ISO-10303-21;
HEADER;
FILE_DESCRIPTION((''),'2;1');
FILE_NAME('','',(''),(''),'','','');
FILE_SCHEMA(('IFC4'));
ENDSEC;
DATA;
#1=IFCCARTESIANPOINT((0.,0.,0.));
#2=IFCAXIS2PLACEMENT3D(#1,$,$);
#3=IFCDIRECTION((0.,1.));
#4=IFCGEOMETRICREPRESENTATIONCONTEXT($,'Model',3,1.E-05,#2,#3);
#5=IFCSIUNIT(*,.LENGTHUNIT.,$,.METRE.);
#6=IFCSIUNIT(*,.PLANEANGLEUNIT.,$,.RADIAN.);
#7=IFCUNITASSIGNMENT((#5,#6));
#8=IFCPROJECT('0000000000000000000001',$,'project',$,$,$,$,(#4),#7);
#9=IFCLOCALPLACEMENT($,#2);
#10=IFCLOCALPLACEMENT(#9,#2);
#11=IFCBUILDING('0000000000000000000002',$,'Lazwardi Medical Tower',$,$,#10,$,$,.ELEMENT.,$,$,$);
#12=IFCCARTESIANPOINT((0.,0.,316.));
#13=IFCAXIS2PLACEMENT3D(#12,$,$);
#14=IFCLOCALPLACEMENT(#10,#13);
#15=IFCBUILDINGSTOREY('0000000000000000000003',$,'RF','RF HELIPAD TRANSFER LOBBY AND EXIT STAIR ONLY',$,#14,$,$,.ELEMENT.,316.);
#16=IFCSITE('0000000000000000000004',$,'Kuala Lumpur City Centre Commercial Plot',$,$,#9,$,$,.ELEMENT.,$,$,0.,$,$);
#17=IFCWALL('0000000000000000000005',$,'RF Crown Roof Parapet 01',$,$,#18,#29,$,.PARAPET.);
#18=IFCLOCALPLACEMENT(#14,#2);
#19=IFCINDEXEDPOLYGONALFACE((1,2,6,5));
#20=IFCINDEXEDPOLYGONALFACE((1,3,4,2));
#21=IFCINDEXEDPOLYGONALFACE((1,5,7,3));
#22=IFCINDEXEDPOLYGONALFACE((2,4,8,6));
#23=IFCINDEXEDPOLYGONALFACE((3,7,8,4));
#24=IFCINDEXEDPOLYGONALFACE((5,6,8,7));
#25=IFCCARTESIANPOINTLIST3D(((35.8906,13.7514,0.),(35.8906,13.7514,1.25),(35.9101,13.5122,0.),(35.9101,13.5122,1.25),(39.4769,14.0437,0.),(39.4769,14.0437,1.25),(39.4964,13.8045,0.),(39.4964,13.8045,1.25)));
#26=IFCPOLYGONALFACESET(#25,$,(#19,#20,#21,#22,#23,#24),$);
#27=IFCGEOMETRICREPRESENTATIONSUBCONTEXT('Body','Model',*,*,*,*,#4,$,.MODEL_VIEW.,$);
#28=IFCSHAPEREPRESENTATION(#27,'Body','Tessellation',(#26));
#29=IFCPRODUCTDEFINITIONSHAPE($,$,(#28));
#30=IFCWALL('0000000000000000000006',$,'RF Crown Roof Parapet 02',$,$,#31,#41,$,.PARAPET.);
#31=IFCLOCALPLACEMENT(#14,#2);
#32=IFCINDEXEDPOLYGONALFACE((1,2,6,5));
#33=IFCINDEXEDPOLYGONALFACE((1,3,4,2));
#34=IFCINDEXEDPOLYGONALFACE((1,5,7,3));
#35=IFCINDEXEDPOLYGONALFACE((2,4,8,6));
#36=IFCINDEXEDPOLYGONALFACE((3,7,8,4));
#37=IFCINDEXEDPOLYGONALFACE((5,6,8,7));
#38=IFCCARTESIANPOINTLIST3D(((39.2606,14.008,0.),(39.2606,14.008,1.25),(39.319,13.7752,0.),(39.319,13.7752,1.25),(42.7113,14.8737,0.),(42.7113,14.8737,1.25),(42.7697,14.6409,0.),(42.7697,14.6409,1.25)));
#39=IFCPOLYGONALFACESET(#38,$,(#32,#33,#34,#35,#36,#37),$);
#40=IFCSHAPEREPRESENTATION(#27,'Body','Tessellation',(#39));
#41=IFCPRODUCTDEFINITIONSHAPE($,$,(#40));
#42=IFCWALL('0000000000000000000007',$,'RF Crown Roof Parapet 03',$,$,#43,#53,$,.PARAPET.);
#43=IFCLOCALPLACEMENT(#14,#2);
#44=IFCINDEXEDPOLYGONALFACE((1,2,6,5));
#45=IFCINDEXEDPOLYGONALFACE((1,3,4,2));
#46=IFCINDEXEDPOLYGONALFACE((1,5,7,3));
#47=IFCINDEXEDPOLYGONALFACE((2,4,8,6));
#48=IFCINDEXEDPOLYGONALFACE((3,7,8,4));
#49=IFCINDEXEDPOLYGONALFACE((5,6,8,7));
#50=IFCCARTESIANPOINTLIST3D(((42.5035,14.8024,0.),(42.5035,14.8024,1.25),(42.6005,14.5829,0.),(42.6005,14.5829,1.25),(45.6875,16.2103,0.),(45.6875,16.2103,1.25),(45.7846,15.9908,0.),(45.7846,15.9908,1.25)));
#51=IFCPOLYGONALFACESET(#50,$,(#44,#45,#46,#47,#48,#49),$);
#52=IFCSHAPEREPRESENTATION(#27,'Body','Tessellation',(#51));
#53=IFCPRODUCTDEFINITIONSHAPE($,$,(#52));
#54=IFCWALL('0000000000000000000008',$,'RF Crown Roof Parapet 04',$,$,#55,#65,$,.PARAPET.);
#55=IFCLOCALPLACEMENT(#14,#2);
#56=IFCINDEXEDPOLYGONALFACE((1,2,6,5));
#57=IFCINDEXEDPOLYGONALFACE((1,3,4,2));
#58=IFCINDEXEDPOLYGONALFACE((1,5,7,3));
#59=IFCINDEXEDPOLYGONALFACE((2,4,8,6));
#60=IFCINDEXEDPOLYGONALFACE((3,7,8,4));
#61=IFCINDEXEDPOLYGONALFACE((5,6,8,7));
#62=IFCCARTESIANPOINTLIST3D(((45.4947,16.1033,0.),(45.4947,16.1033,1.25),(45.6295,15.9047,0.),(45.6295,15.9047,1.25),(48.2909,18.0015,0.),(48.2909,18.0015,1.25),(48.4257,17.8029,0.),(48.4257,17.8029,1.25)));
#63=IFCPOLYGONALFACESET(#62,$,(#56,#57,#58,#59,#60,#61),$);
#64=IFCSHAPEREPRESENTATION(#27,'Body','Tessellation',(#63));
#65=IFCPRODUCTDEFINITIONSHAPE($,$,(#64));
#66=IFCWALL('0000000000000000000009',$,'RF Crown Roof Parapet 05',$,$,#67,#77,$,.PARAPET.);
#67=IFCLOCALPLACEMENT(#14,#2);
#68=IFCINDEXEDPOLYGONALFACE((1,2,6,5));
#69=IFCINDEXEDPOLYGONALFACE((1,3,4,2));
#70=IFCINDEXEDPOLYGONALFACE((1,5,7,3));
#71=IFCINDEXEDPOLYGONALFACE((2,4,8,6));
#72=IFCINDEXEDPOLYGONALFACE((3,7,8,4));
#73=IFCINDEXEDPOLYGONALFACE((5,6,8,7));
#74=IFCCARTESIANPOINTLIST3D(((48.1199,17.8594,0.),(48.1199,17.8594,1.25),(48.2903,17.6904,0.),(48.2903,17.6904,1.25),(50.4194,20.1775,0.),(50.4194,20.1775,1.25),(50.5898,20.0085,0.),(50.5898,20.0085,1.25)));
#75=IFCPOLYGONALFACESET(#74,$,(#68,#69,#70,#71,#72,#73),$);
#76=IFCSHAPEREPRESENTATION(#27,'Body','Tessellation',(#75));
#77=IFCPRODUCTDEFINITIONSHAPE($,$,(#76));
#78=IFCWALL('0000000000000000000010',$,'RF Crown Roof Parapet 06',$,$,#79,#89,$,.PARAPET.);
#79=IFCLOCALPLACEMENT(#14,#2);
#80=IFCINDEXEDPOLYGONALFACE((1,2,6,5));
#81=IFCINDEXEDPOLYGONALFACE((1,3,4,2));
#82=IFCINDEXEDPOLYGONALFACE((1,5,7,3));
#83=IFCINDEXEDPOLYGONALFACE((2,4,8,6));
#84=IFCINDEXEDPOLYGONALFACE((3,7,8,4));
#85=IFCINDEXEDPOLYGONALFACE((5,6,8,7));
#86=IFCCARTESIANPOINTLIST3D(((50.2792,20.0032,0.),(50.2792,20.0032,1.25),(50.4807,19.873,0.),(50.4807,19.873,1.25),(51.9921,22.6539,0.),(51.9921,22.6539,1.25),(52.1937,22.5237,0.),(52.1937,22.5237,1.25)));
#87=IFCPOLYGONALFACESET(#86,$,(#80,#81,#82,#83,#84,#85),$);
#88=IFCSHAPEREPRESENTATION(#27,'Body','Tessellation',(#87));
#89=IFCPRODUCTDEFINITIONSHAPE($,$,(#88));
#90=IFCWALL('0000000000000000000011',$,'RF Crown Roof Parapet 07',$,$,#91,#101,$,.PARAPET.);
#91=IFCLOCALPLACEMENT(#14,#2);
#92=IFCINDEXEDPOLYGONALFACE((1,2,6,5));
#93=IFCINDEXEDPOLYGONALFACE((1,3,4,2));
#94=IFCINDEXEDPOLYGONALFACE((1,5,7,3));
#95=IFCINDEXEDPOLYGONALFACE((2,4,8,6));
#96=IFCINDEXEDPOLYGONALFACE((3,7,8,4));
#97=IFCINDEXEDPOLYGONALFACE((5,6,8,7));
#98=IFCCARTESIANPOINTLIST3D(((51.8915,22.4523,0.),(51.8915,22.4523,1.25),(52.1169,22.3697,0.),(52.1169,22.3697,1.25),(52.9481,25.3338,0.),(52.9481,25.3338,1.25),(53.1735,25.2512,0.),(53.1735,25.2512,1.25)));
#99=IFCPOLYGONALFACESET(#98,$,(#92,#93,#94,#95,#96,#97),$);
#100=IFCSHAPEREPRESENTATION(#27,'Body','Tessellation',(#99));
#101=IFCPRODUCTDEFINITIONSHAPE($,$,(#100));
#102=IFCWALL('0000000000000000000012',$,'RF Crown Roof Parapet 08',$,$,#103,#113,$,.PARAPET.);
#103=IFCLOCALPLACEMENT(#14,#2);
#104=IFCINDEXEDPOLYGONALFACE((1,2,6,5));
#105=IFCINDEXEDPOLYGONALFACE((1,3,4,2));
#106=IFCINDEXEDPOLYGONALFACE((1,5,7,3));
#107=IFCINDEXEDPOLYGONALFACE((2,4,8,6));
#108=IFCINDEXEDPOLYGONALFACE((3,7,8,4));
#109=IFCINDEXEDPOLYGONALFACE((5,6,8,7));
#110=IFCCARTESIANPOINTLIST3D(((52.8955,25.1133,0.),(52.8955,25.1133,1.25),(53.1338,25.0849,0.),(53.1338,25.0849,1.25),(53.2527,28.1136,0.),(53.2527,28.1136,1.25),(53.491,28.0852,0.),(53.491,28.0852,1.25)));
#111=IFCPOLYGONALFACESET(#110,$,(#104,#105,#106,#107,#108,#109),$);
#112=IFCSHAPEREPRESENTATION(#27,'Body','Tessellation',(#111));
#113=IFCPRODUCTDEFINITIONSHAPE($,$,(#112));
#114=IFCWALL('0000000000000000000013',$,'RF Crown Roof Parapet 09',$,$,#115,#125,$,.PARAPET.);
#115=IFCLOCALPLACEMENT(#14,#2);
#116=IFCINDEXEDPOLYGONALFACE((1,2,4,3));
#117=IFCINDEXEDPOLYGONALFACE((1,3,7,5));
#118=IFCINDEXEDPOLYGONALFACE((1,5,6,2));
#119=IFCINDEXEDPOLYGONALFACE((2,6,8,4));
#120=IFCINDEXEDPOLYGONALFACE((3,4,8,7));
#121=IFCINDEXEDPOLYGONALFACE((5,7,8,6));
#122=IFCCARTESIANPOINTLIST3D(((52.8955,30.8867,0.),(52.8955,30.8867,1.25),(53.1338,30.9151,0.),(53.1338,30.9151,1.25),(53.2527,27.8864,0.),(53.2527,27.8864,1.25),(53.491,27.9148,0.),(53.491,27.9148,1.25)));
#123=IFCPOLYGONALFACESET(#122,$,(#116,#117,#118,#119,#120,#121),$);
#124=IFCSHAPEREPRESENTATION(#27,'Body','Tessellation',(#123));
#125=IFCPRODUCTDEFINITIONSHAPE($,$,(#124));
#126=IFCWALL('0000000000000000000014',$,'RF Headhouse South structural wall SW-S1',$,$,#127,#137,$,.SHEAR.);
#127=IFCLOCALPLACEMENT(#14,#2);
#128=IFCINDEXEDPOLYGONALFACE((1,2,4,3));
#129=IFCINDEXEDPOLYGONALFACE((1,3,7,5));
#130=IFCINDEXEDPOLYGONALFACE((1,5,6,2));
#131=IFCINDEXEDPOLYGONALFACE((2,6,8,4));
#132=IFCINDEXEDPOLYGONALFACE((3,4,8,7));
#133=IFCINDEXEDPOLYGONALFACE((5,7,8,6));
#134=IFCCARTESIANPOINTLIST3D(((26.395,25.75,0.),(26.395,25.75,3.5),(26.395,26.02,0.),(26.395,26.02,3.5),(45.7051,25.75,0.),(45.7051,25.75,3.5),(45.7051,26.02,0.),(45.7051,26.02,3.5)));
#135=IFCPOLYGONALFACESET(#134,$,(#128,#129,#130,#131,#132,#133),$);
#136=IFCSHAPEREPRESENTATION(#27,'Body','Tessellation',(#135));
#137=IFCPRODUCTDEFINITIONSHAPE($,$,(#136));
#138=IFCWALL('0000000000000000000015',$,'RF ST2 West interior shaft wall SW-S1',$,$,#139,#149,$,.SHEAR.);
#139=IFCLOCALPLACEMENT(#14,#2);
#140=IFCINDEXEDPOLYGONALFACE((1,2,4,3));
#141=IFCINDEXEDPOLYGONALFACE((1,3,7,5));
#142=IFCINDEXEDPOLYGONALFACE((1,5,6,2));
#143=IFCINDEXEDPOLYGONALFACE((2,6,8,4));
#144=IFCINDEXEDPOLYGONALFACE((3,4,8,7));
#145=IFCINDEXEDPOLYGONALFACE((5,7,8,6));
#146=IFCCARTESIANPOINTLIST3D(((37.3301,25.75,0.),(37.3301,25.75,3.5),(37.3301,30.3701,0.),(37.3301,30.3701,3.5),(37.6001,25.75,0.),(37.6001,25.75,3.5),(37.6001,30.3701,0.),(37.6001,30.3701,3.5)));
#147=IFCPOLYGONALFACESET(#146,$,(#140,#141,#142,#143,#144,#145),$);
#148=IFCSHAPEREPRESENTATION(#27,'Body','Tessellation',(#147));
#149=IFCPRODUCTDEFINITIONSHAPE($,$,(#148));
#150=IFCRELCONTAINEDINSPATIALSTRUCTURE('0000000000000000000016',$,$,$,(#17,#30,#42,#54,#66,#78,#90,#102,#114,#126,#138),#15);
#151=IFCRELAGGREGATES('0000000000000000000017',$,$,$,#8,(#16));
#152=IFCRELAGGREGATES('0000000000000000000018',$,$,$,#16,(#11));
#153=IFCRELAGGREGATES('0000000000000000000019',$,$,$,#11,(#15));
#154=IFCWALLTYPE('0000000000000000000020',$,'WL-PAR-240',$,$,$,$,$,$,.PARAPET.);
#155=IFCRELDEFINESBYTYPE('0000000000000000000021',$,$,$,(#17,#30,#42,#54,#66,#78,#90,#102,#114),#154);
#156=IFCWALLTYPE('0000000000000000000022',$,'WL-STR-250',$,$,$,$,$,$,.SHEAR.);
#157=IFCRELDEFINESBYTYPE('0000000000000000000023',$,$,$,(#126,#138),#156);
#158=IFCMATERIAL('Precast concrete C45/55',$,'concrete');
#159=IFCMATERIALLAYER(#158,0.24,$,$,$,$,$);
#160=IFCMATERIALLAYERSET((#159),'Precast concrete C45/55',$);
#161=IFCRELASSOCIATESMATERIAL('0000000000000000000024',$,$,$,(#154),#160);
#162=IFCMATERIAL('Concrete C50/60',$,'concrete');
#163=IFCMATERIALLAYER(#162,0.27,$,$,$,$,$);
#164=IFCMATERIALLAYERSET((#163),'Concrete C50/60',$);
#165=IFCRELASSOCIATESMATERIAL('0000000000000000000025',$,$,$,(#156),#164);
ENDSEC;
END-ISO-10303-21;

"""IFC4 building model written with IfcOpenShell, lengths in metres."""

from ifc_helpers import new_model, si_unit, direction, frame, frame_2d, origin, place, context, subcontext, project, spatial, rectangle, extrude, material, layer, layer_set, type_object, element, save


model = new_model("IFC4")

# Units and contexts
model_context = context("Model", 3, precision=1e-05, world=origin(), true_north=direction((0.0, 1.0)))
body_context = subcontext(model_context, "Body", "Model", "MODEL_VIEW")
ifc_project = project(units=[si_unit("LENGTHUNIT", "METRE"), si_unit("PLANEANGLEUNIT", "RADIAN")], contexts=[model_context])

# Site, building, storey
site_placement = place(None, origin())
site = spatial("IfcSite", under=ifc_project, at=site_placement, Name="Kuala Lumpur City Centre Commercial Plot", CompositionType="ELEMENT", RefElevation=0.0)
building_placement = place(site_placement, origin())
building = spatial("IfcBuilding", under=site, at=building_placement, Name="Lazwardi Medical Tower", CompositionType="ELEMENT")
storey_placement = place(building_placement, frame((0.0, 0.0, 316.0)))
storey = spatial("IfcBuildingStorey", under=building, at=storey_placement, Name="RF", Description="RF HELIPAD TRANSFER LOBBY AND EXIT STAIR ONLY", CompositionType="ELEMENT", Elevation=316.0)

# Walls
ifc_material_1 = material(Name="Precast concrete C45/55", Category="concrete")
ifc_layer_1 = layer(ifc_material_1, 0.24)
ifc_layer_set_1 = layer_set([ifc_layer_1], Name="Precast concrete C45/55")
wall_type_1 = type_object("IfcWallType", Name="WL-PAR-240", PredefinedType="PARAPET", material=ifc_layer_set_1)
wall_1_placement = place(storey_placement, frame((35.9004, 13.6318, 0.0), z_axis=(0.0, 0.0, 1.0), x_axis=(0.996696, 0.08122, 0.0)))
element("IfcWall", 1, at=wall_1_placement, inside=storey, type_object=wall_type_1, Name="RF Crown Roof Parapet 01", PredefinedType="PARAPET", context=body_context, shape_type="SweptSolid", body=[
    extrude(rectangle(XDim=3.5981, YDim=0.24, at=frame_2d((1.7991, 0.0))), origin(), (0.0, 0.0, 1.0), 1.25),
])
wall_2_placement = place(storey_placement, frame((39.2898, 13.8916, 0.0), z_axis=(0.0, 0.0, 1.0), x_axis=(0.96994, 0.243343, 0.0)))
element("IfcWall", 2, at=wall_2_placement, inside=storey, type_object=wall_type_1, Name="RF Crown Roof Parapet 02", PredefinedType="PARAPET", context=body_context, shape_type="SweptSolid", body=[
    extrude(rectangle(XDim=3.5576, YDim=0.24, at=frame_2d((1.7788, 0.0))), origin(), (0.0, 0.0, 1.0), 1.25),
])
wall_3_placement = place(storey_placement, frame((42.552, 14.6926, 0.0), z_axis=(0.0, 0.0, 1.0), x_axis=(0.914576, 0.404414, 0.0)))
element("IfcWall", 3, at=wall_3_placement, inside=storey, type_object=wall_type_1, Name="RF Crown Roof Parapet 03", PredefinedType="PARAPET", context=body_context, shape_type="SweptSolid", body=[
    extrude(rectangle(XDim=3.4814, YDim=0.24, at=frame_2d((1.7407, 0.0))), origin(), (0.0, 0.0, 1.0), 1.25),
])
wall_4_placement = place(storey_placement, frame((45.562, 16.0039, 0.0), z_axis=(0.0, 0.0, 1.0), x_axis=(0.827364, 0.561666, 0.0)))
element("IfcWall", 4, at=wall_4_placement, inside=storey, type_object=wall_type_1, Name="RF Crown Roof Parapet 04", PredefinedType="PARAPET", context=body_context, shape_type="SweptSolid", body=[
    extrude(rectangle(XDim=3.3796, YDim=0.24, at=frame_2d((1.6899, 0.0))), origin(), (0.0, 0.0, 1.0), 1.25),
])
wall_5_placement = place(storey_placement, frame((48.2051, 17.7749, 0.0), z_axis=(0.0, 0.0, 1.0), x_axis=(0.70426, 0.709942, 0.0)))
element("IfcWall", 5, at=wall_5_placement, inside=storey, type_object=wall_type_1, Name="RF Crown Roof Parapet 05", PredefinedType="PARAPET", context=body_context, shape_type="SweptSolid", body=[
    extrude(rectangle(XDim=3.2651, YDim=0.24, at=frame_2d((1.6326, 0.0))), origin(), (0.0, 0.0, 1.0), 1.25),
])
wall_6_placement = place(storey_placement, frame((50.3799, 19.938, 0.0), z_axis=(0.0, 0.0, 1.0), x_axis=(0.542754, 0.839892, 0.0)))
element("IfcWall", 6, at=wall_6_placement, inside=storey, type_object=wall_type_1, Name="RF Crown Roof Parapet 06", PredefinedType="PARAPET", context=body_context, shape_type="SweptSolid", body=[
    extrude(rectangle(XDim=3.156, YDim=0.24, at=frame_2d((1.5781, 0.0))), origin(), (0.0, 0.0, 1.0), 1.25),
])
wall_7_placement = place(storey_placement, frame((52.0042, 22.4109, 0.0), z_axis=(0.0, 0.0, 1.0), x_axis=(0.344271, 0.93887, 0.0)))
element("IfcWall", 7, at=wall_7_placement, inside=storey, type_object=wall_type_1, Name="RF Crown Roof Parapet 07", PredefinedType="PARAPET", context=body_context, shape_type="SweptSolid", body=[
    extrude(rectangle(XDim=3.0691, YDim=0.24, at=frame_2d((1.5347, 0.0))), origin(), (0.0, 0.0, 1.0), 1.25),
])
for number, where, z_axis, x_axis, name in (
    (8, (53.0146, 25.0991, 0.0), (0.0, 0.0, 1.0), (0.118215, 0.992988, 0.0), "RF Crown Roof Parapet 08"),
    (9, (53.3718, 27.9006, 0.0), (0.0, 0.0, 1.0), (-0.118215, 0.992988, 0.0), "RF Crown Roof Parapet 09"),
):
    element("IfcWall", number, at=place(storey_placement, frame(where, z_axis=z_axis, x_axis=x_axis)), inside=storey, type_object=wall_type_1, Name=name, PredefinedType="PARAPET", context=body_context, shape_type="SweptSolid", body=[
        extrude(rectangle(XDim=3.0215, YDim=0.24, at=frame_2d((1.5107, 0.0))), origin(), (0.0, 0.0, 1.0), 1.25),
    ])
ifc_material_2 = material(Name="Concrete C50/60", Category="concrete")
ifc_layer_2 = layer(ifc_material_2, 0.27)
ifc_layer_set_2 = layer_set([ifc_layer_2], Name="Concrete C50/60")
wall_type_2 = type_object("IfcWallType", Name="WL-STR-250", PredefinedType="SHEAR", material=ifc_layer_set_2)
wall_8_placement = place(storey_placement, frame((45.7051, 25.885, 0.0), z_axis=(0.0, 0.0, 1.0), x_axis=(-1.0, 0.0, 0.0)))
element("IfcWall", 10, at=wall_8_placement, inside=storey, type_object=wall_type_2, Name="RF Headhouse South structural wall SW-S1", PredefinedType="SHEAR", context=body_context, shape_type="SweptSolid", body=[
    extrude(rectangle(XDim=19.3101, YDim=0.27, at=frame_2d((9.655, 0.0))), origin(), (0.0, 0.0, 1.0), 3.5),
])
wall_9_placement = place(storey_placement, frame((37.4651, 25.75, 0.0), z_axis=(0.0, 0.0, 1.0), x_axis=(0.0, 1.0, 0.0)))
element("IfcWall", 11, at=wall_9_placement, inside=storey, type_object=wall_type_2, Name="RF ST2 West interior shaft wall SW-S1", PredefinedType="SHEAR", context=body_context, shape_type="SweptSolid", body=[
    extrude(rectangle(XDim=4.6201, YDim=0.27, at=frame_2d((2.3101, 0.0))), origin(), (0.0, 0.0, 1.0), 3.5),
])

save(model, "model.ifc")
